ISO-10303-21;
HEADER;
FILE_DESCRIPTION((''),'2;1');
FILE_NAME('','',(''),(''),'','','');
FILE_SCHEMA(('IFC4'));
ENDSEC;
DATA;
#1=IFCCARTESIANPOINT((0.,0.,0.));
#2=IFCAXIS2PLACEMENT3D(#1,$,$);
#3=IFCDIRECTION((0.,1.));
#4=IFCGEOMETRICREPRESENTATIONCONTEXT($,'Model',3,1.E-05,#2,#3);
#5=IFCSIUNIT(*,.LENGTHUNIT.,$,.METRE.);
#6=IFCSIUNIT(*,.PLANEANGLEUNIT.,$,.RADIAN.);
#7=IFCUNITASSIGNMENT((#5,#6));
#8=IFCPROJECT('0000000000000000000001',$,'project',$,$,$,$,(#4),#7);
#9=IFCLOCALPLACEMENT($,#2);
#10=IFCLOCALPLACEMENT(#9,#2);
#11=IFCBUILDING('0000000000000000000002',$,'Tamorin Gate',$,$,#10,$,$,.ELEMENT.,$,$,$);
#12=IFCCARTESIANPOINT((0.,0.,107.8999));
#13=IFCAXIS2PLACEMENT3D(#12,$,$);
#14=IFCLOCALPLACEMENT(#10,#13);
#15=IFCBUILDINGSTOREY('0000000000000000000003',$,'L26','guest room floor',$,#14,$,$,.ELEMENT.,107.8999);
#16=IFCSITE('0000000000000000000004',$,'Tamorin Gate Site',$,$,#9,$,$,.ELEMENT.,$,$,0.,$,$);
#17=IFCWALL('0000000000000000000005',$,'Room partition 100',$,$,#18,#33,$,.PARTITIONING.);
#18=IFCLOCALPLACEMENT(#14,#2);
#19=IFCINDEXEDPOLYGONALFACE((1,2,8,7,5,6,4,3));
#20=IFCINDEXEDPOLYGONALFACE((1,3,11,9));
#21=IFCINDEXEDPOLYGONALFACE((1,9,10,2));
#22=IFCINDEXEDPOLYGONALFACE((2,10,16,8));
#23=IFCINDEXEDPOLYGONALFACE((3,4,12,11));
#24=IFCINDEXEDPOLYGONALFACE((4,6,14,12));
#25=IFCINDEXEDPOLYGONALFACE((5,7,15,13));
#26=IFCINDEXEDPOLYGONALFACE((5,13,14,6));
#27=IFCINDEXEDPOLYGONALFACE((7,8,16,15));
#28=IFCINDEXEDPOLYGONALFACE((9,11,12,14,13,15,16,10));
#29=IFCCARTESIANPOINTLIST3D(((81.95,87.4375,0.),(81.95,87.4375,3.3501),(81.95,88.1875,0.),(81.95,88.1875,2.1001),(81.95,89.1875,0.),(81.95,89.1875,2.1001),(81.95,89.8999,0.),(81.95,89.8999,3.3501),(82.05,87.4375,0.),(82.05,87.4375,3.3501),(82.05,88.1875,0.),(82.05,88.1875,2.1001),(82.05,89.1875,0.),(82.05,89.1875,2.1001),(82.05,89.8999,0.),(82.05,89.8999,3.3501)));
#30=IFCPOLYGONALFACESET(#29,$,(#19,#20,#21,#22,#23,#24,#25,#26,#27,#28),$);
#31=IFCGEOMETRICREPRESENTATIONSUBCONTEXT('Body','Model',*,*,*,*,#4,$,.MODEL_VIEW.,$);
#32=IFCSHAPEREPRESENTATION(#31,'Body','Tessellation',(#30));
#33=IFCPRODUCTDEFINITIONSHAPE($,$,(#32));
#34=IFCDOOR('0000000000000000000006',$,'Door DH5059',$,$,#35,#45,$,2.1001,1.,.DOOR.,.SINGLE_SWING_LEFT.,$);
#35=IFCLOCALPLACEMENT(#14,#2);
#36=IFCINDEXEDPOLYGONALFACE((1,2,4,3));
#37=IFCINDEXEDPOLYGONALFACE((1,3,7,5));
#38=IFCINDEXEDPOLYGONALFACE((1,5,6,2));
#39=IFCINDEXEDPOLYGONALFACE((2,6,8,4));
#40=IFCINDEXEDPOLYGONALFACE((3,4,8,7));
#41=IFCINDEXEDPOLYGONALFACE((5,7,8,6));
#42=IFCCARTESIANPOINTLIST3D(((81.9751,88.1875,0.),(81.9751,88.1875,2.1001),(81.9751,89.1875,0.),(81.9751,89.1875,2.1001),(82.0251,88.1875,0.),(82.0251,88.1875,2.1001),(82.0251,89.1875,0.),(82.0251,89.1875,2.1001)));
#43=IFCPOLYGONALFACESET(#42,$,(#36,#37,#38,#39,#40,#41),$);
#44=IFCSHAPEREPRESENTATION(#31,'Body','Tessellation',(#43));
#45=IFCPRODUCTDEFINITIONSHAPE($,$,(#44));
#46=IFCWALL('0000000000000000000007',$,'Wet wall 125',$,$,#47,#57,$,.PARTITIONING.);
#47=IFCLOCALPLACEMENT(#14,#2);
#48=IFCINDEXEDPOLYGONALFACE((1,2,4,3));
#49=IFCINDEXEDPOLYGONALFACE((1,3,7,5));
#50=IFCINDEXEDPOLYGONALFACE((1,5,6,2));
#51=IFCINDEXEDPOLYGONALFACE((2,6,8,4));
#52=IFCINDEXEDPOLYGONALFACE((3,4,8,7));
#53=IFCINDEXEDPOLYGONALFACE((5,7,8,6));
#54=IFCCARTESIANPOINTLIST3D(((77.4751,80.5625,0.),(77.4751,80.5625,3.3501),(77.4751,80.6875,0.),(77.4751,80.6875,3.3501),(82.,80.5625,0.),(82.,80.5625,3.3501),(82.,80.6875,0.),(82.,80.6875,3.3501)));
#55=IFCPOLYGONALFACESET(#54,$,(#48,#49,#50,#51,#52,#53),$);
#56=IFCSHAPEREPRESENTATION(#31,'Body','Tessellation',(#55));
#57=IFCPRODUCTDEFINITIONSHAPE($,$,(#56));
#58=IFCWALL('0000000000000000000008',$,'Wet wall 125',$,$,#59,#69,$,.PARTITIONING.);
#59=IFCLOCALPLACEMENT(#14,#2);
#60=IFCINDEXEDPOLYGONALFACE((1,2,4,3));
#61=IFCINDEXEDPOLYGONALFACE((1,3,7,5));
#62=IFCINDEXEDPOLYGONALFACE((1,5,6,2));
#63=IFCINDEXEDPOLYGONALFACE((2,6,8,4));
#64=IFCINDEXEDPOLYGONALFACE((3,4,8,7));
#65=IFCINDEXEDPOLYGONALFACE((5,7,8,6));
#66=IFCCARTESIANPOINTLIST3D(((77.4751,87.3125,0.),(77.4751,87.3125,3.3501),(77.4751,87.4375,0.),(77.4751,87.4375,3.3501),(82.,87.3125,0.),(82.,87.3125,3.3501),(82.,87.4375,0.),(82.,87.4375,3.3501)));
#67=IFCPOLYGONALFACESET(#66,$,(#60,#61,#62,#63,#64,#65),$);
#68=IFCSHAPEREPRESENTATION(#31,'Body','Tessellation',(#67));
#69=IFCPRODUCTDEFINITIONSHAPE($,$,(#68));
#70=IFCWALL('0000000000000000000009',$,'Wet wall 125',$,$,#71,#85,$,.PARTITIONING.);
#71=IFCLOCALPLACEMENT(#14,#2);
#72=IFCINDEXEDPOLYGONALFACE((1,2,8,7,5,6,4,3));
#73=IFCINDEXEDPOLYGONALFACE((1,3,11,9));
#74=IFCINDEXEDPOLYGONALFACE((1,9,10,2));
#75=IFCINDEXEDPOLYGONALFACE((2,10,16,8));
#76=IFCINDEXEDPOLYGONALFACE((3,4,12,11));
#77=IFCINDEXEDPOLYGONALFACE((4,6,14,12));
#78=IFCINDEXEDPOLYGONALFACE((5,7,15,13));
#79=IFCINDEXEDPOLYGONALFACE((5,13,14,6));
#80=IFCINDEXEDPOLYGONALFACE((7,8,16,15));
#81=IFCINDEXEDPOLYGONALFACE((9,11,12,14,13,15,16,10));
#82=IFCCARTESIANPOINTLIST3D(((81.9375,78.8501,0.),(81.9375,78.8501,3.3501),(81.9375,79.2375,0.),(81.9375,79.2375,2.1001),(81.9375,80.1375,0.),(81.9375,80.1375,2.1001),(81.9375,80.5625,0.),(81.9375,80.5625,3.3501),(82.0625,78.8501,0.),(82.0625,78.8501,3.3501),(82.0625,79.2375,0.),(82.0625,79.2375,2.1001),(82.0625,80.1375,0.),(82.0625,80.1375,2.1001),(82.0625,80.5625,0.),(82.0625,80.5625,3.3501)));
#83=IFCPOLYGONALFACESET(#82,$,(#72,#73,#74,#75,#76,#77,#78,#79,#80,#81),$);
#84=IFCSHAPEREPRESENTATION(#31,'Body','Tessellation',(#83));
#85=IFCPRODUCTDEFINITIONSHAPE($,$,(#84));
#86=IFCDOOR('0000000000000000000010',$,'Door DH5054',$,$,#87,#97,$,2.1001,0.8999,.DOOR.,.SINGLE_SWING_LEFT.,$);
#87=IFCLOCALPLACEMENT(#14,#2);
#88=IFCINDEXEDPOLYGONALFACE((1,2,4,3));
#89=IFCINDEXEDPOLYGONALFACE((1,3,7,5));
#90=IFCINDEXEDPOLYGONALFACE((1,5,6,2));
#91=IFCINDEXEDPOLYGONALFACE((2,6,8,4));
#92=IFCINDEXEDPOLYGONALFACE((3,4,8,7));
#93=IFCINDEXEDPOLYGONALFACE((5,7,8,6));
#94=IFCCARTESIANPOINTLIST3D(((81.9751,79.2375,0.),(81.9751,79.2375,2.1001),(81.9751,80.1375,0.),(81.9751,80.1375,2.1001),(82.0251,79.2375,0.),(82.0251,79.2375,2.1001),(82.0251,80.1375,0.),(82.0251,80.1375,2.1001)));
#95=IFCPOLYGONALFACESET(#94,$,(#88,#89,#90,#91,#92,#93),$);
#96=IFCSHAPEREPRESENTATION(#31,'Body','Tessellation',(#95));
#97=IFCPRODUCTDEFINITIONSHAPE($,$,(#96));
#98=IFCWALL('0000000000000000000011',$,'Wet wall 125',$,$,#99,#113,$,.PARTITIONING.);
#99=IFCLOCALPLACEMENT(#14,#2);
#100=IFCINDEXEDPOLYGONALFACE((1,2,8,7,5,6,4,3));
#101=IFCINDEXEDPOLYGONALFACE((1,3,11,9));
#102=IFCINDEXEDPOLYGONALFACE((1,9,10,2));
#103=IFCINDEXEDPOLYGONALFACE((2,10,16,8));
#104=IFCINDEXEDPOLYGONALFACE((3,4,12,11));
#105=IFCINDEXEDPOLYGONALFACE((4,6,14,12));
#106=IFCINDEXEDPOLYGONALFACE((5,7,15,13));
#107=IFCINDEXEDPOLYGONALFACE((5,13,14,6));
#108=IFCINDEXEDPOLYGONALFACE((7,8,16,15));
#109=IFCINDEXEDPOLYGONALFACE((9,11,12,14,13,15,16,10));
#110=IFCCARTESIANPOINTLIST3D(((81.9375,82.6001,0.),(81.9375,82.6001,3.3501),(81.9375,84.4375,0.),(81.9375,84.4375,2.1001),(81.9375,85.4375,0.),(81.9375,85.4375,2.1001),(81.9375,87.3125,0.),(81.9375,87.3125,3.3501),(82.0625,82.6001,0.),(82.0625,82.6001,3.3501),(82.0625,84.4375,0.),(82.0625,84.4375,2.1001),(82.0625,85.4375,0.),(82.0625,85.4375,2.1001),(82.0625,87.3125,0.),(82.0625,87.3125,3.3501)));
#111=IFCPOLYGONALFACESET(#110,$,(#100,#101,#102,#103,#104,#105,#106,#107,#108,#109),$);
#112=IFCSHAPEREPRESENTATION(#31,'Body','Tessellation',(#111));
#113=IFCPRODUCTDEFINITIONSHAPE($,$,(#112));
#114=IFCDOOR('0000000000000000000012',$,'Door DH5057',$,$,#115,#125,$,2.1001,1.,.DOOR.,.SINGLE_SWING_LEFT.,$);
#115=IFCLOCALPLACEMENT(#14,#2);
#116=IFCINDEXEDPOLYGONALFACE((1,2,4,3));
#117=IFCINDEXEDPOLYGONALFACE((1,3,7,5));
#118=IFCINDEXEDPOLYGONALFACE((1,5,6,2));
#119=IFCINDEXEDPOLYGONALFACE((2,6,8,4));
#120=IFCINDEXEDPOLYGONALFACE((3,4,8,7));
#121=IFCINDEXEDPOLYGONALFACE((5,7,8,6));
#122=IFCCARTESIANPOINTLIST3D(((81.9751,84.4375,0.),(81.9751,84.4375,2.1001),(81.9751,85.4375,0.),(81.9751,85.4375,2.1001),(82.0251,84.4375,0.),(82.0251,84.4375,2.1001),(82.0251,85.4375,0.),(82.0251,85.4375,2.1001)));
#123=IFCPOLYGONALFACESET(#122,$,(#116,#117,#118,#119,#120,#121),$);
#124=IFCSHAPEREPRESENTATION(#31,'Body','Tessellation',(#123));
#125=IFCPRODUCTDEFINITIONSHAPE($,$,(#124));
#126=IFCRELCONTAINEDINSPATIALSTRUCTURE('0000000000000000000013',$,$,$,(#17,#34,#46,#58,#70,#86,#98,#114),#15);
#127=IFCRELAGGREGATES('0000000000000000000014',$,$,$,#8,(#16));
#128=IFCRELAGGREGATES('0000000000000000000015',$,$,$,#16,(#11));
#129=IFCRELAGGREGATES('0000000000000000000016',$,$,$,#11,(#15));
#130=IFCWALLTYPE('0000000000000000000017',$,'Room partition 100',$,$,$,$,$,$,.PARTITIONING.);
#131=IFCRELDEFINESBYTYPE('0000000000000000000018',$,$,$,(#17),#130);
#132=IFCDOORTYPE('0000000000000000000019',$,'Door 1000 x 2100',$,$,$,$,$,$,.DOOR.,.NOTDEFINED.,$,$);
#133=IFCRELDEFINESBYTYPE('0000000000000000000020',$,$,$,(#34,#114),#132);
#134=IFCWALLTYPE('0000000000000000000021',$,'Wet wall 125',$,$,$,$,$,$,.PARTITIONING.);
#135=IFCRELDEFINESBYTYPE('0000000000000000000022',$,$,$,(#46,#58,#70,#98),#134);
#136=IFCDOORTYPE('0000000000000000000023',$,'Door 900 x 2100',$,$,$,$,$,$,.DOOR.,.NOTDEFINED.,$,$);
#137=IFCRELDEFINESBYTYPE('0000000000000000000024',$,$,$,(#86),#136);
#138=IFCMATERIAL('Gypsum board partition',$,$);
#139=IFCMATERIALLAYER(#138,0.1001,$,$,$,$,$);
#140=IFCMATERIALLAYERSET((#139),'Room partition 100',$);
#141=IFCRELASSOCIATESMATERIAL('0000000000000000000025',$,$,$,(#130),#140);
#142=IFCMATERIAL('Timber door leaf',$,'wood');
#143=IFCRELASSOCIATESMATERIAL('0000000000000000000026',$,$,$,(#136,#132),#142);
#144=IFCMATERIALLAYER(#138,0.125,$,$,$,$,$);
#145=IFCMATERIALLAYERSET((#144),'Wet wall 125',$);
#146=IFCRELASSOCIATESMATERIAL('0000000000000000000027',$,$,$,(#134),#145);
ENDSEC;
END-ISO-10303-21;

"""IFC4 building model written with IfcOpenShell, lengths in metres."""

from ifc_helpers import new_model, si_unit, direction, frame, frame_2d, origin, place, context, subcontext, project, spatial, rectangle, extrude, material, layer, layer_set, type_object, element, fill, save


model = new_model("IFC4")

# Units and contexts
model_context = context("Model", 3, precision=1e-05, world=origin(), true_north=direction((0.0, 1.0)))
body_context = subcontext(model_context, "Body", "Model", "MODEL_VIEW")
ifc_project = project(units=[si_unit("LENGTHUNIT", "METRE"), si_unit("PLANEANGLEUNIT", "RADIAN")], contexts=[model_context])

# Site, building, storey
site_placement = place(None, origin())
site = spatial("IfcSite", under=ifc_project, at=site_placement, Name="Tamorin Gate Site", CompositionType="ELEMENT", RefElevation=0.0)
building_placement = place(site_placement, origin())
building = spatial("IfcBuilding", under=site, at=building_placement, Name="Tamorin Gate", CompositionType="ELEMENT")
storey_placement = place(building_placement, frame((0.0, 0.0, 107.8999)))
storey = spatial("IfcBuildingStorey", under=building, at=storey_placement, Name="L26", Description="guest room floor", CompositionType="ELEMENT", Elevation=107.8999)

# Shared definitions
ifc_material_1 = material(Name="Gypsum board partition")

# Wall, opening, door
ifc_layer_1 = layer(ifc_material_1, 0.1001)
ifc_layer_set_1 = layer_set([ifc_layer_1], Name="Room partition 100")
wall_type_1 = type_object("IfcWallType", Name="Room partition 100", PredefinedType="PARTITIONING", material=ifc_layer_set_1)
ifc_material_2 = material(Name="Timber door leaf", Category="wood")
door_type_1 = type_object("IfcDoorType", Name="Door 900 x 2100", OperationType="NOTDEFINED", PredefinedType="DOOR", material=ifc_material_2)
wall_1_placement = place(storey_placement, frame((82.0, 87.4375, 0.0), z_axis=(0.0, 0.0, 1.0), x_axis=(0.0, 1.0, 0.0)))
wall_1 = element("IfcWall", 1, at=wall_1_placement, inside=storey, type_object=wall_type_1, Name="Room partition 100", PredefinedType="PARTITIONING", context=body_context, shape_type="SweptSolid", body=[
    extrude(rectangle(XDim=2.4624, YDim=0.1001, at=frame_2d((1.2312, 0.0))), origin(), (0.0, 0.0, 1.0), 3.3501),
])
opening_1_placement = place(wall_1_placement, frame((0.75, 0.0, 0.0)))
opening_1 = element("IfcOpeningElement", 2, at=opening_1_placement, cuts=wall_1, PredefinedType="OPENING", context=body_context, shape_type="SweptSolid", body=[
    extrude(rectangle(XDim=1.0, YDim=2.1001, at=frame_2d((0.5, 1.05))), frame((0.0, 0.0601, 0.0), z_axis=(0.0, -1.0, 0.0), x_axis=(1.0, 0.0, 0.0)), (0.0, 0.0, 1.0), 0.1201),
])
door_type_2 = type_object("IfcDoorType", Name="Door 1000 x 2100", OperationType="NOTDEFINED", PredefinedType="DOOR", material=ifc_material_2)
door_1_placement = place(opening_1_placement, origin())
door_1 = element("IfcDoor", 3, at=door_1_placement, inside=storey, type_object=door_type_2, Name="Door DH5059", OperationType="SINGLE_SWING_LEFT", OverallHeight=2.1001, OverallWidth=1.0, PredefinedType="DOOR", context=body_context, shape_type="SweptSolid", body=[
    extrude(rectangle(XDim=1.0, YDim=2.1001, at=frame_2d((0.5, 1.05))), frame((0.0, 0.0249, 0.0), z_axis=(0.0, -1.0, 0.0), x_axis=(1.0, 0.0, 0.0)), (0.0, 0.0, 1.0), 0.05),
])
fill(opening_1, door_1)

# Walls
ifc_layer_2 = layer(ifc_material_1, 0.125)
ifc_layer_set_2 = layer_set([ifc_layer_2], Name="Wet wall 125")
wall_type_2 = type_object("IfcWallType", Name="Wet wall 125", PredefinedType="PARTITIONING", material=ifc_layer_set_2)
for number, where, z_axis, x_axis, name in (
    (4, (77.4751, 80.625, 0.0), (0.0, 0.0, 1.0), (1.0, 0.0, 0.0), "Wet wall 125"),
    (5, (77.4751, 87.375, 0.0), (0.0, 0.0, 1.0), (1.0, 0.0, 0.0), "Wet wall 125"),
):
    element("IfcWall", number, at=place(storey_placement, frame(where, z_axis=z_axis, x_axis=x_axis)), inside=storey, type_object=wall_type_2, Name=name, PredefinedType="PARTITIONING", context=body_context, shape_type="SweptSolid", body=[
        extrude(rectangle(XDim=4.5249, YDim=0.125, at=frame_2d((2.2625, 0.0))), origin(), (0.0, 0.0, 1.0), 3.3501),
    ])

# Walls, openings, doors
wall_2_placement = place(storey_placement, frame((82.0, 78.8501, 0.0), z_axis=(0.0, 0.0, 1.0), x_axis=(0.0, 1.0, 0.0)))
wall_2 = element("IfcWall", 6, at=wall_2_placement, inside=storey, type_object=wall_type_2, Name="Wet wall 125", PredefinedType="PARTITIONING", context=body_context, shape_type="SweptSolid", body=[
    extrude(rectangle(XDim=1.7124, YDim=0.125, at=frame_2d((0.8562, 0.0))), origin(), (0.0, 0.0, 1.0), 3.3501),
])
opening_2_placement = place(wall_2_placement, frame((0.3875, 0.0, 0.0)))
opening_2 = element("IfcOpeningElement", 7, at=opening_2_placement, cuts=wall_2, PredefinedType="OPENING", context=body_context, shape_type="SweptSolid", body=[
    extrude(rectangle(XDim=0.8999, YDim=2.1001, at=frame_2d((0.45, 1.05))), frame((0.0, 0.0725, 0.0), z_axis=(0.0, -1.0, 0.0), x_axis=(1.0, 0.0, 0.0)), (0.0, 0.0, 1.0), 0.145),
])
door_2_placement = place(opening_2_placement, origin())
door_2 = element("IfcDoor", 8, at=door_2_placement, inside=storey, type_object=door_type_1, Name="Door DH5054", OperationType="SINGLE_SWING_LEFT", OverallHeight=2.1001, OverallWidth=0.8999, PredefinedType="DOOR", context=body_context, shape_type="SweptSolid", body=[
    extrude(rectangle(XDim=0.8999, YDim=2.1001, at=frame_2d((0.45, 1.05))), frame((0.0, 0.0249, 0.0), z_axis=(0.0, -1.0, 0.0), x_axis=(1.0, 0.0, 0.0)), (0.0, 0.0, 1.0), 0.05),
])
fill(opening_2, door_2)
wall_3_placement = place(storey_placement, frame((82.0, 82.6001, 0.0), z_axis=(0.0, 0.0, 1.0), x_axis=(0.0, 1.0, 0.0)))
wall_3 = element("IfcWall", 9, at=wall_3_placement, inside=storey, type_object=wall_type_2, Name="Wet wall 125", PredefinedType="PARTITIONING", context=body_context, shape_type="SweptSolid", body=[
    extrude(rectangle(XDim=4.7124, YDim=0.125, at=frame_2d((2.3562, 0.0))), origin(), (0.0, 0.0, 1.0), 3.3501),
])
opening_3_placement = place(wall_3_placement, frame((1.8374, 0.0, 0.0)))
opening_3 = element("IfcOpeningElement", 10, at=opening_3_placement, cuts=wall_3, PredefinedType="OPENING", context=body_context, shape_type="SweptSolid", body=[
    extrude(rectangle(XDim=1.0, YDim=2.1001, at=frame_2d((0.5, 1.05))), frame((0.0, 0.0725, 0.0), z_axis=(0.0, -1.0, 0.0), x_axis=(1.0, 0.0, 0.0)), (0.0, 0.0, 1.0), 0.145),
])
door_3_placement = place(opening_3_placement, origin())
door_3 = element("IfcDoor", 11, at=door_3_placement, inside=storey, type_object=door_type_2, Name="Door DH5057", OperationType="SINGLE_SWING_LEFT", OverallHeight=2.1001, OverallWidth=1.0, PredefinedType="DOOR", context=body_context, shape_type="SweptSolid", body=[
    extrude(rectangle(XDim=1.0, YDim=2.1001, at=frame_2d((0.5, 1.05))), frame((0.0, 0.0249, 0.0), z_axis=(0.0, -1.0, 0.0), x_axis=(1.0, 0.0, 0.0)), (0.0, 0.0, 1.0), 0.05),
])
fill(opening_3, door_3)

save(model, "model.ifc")
